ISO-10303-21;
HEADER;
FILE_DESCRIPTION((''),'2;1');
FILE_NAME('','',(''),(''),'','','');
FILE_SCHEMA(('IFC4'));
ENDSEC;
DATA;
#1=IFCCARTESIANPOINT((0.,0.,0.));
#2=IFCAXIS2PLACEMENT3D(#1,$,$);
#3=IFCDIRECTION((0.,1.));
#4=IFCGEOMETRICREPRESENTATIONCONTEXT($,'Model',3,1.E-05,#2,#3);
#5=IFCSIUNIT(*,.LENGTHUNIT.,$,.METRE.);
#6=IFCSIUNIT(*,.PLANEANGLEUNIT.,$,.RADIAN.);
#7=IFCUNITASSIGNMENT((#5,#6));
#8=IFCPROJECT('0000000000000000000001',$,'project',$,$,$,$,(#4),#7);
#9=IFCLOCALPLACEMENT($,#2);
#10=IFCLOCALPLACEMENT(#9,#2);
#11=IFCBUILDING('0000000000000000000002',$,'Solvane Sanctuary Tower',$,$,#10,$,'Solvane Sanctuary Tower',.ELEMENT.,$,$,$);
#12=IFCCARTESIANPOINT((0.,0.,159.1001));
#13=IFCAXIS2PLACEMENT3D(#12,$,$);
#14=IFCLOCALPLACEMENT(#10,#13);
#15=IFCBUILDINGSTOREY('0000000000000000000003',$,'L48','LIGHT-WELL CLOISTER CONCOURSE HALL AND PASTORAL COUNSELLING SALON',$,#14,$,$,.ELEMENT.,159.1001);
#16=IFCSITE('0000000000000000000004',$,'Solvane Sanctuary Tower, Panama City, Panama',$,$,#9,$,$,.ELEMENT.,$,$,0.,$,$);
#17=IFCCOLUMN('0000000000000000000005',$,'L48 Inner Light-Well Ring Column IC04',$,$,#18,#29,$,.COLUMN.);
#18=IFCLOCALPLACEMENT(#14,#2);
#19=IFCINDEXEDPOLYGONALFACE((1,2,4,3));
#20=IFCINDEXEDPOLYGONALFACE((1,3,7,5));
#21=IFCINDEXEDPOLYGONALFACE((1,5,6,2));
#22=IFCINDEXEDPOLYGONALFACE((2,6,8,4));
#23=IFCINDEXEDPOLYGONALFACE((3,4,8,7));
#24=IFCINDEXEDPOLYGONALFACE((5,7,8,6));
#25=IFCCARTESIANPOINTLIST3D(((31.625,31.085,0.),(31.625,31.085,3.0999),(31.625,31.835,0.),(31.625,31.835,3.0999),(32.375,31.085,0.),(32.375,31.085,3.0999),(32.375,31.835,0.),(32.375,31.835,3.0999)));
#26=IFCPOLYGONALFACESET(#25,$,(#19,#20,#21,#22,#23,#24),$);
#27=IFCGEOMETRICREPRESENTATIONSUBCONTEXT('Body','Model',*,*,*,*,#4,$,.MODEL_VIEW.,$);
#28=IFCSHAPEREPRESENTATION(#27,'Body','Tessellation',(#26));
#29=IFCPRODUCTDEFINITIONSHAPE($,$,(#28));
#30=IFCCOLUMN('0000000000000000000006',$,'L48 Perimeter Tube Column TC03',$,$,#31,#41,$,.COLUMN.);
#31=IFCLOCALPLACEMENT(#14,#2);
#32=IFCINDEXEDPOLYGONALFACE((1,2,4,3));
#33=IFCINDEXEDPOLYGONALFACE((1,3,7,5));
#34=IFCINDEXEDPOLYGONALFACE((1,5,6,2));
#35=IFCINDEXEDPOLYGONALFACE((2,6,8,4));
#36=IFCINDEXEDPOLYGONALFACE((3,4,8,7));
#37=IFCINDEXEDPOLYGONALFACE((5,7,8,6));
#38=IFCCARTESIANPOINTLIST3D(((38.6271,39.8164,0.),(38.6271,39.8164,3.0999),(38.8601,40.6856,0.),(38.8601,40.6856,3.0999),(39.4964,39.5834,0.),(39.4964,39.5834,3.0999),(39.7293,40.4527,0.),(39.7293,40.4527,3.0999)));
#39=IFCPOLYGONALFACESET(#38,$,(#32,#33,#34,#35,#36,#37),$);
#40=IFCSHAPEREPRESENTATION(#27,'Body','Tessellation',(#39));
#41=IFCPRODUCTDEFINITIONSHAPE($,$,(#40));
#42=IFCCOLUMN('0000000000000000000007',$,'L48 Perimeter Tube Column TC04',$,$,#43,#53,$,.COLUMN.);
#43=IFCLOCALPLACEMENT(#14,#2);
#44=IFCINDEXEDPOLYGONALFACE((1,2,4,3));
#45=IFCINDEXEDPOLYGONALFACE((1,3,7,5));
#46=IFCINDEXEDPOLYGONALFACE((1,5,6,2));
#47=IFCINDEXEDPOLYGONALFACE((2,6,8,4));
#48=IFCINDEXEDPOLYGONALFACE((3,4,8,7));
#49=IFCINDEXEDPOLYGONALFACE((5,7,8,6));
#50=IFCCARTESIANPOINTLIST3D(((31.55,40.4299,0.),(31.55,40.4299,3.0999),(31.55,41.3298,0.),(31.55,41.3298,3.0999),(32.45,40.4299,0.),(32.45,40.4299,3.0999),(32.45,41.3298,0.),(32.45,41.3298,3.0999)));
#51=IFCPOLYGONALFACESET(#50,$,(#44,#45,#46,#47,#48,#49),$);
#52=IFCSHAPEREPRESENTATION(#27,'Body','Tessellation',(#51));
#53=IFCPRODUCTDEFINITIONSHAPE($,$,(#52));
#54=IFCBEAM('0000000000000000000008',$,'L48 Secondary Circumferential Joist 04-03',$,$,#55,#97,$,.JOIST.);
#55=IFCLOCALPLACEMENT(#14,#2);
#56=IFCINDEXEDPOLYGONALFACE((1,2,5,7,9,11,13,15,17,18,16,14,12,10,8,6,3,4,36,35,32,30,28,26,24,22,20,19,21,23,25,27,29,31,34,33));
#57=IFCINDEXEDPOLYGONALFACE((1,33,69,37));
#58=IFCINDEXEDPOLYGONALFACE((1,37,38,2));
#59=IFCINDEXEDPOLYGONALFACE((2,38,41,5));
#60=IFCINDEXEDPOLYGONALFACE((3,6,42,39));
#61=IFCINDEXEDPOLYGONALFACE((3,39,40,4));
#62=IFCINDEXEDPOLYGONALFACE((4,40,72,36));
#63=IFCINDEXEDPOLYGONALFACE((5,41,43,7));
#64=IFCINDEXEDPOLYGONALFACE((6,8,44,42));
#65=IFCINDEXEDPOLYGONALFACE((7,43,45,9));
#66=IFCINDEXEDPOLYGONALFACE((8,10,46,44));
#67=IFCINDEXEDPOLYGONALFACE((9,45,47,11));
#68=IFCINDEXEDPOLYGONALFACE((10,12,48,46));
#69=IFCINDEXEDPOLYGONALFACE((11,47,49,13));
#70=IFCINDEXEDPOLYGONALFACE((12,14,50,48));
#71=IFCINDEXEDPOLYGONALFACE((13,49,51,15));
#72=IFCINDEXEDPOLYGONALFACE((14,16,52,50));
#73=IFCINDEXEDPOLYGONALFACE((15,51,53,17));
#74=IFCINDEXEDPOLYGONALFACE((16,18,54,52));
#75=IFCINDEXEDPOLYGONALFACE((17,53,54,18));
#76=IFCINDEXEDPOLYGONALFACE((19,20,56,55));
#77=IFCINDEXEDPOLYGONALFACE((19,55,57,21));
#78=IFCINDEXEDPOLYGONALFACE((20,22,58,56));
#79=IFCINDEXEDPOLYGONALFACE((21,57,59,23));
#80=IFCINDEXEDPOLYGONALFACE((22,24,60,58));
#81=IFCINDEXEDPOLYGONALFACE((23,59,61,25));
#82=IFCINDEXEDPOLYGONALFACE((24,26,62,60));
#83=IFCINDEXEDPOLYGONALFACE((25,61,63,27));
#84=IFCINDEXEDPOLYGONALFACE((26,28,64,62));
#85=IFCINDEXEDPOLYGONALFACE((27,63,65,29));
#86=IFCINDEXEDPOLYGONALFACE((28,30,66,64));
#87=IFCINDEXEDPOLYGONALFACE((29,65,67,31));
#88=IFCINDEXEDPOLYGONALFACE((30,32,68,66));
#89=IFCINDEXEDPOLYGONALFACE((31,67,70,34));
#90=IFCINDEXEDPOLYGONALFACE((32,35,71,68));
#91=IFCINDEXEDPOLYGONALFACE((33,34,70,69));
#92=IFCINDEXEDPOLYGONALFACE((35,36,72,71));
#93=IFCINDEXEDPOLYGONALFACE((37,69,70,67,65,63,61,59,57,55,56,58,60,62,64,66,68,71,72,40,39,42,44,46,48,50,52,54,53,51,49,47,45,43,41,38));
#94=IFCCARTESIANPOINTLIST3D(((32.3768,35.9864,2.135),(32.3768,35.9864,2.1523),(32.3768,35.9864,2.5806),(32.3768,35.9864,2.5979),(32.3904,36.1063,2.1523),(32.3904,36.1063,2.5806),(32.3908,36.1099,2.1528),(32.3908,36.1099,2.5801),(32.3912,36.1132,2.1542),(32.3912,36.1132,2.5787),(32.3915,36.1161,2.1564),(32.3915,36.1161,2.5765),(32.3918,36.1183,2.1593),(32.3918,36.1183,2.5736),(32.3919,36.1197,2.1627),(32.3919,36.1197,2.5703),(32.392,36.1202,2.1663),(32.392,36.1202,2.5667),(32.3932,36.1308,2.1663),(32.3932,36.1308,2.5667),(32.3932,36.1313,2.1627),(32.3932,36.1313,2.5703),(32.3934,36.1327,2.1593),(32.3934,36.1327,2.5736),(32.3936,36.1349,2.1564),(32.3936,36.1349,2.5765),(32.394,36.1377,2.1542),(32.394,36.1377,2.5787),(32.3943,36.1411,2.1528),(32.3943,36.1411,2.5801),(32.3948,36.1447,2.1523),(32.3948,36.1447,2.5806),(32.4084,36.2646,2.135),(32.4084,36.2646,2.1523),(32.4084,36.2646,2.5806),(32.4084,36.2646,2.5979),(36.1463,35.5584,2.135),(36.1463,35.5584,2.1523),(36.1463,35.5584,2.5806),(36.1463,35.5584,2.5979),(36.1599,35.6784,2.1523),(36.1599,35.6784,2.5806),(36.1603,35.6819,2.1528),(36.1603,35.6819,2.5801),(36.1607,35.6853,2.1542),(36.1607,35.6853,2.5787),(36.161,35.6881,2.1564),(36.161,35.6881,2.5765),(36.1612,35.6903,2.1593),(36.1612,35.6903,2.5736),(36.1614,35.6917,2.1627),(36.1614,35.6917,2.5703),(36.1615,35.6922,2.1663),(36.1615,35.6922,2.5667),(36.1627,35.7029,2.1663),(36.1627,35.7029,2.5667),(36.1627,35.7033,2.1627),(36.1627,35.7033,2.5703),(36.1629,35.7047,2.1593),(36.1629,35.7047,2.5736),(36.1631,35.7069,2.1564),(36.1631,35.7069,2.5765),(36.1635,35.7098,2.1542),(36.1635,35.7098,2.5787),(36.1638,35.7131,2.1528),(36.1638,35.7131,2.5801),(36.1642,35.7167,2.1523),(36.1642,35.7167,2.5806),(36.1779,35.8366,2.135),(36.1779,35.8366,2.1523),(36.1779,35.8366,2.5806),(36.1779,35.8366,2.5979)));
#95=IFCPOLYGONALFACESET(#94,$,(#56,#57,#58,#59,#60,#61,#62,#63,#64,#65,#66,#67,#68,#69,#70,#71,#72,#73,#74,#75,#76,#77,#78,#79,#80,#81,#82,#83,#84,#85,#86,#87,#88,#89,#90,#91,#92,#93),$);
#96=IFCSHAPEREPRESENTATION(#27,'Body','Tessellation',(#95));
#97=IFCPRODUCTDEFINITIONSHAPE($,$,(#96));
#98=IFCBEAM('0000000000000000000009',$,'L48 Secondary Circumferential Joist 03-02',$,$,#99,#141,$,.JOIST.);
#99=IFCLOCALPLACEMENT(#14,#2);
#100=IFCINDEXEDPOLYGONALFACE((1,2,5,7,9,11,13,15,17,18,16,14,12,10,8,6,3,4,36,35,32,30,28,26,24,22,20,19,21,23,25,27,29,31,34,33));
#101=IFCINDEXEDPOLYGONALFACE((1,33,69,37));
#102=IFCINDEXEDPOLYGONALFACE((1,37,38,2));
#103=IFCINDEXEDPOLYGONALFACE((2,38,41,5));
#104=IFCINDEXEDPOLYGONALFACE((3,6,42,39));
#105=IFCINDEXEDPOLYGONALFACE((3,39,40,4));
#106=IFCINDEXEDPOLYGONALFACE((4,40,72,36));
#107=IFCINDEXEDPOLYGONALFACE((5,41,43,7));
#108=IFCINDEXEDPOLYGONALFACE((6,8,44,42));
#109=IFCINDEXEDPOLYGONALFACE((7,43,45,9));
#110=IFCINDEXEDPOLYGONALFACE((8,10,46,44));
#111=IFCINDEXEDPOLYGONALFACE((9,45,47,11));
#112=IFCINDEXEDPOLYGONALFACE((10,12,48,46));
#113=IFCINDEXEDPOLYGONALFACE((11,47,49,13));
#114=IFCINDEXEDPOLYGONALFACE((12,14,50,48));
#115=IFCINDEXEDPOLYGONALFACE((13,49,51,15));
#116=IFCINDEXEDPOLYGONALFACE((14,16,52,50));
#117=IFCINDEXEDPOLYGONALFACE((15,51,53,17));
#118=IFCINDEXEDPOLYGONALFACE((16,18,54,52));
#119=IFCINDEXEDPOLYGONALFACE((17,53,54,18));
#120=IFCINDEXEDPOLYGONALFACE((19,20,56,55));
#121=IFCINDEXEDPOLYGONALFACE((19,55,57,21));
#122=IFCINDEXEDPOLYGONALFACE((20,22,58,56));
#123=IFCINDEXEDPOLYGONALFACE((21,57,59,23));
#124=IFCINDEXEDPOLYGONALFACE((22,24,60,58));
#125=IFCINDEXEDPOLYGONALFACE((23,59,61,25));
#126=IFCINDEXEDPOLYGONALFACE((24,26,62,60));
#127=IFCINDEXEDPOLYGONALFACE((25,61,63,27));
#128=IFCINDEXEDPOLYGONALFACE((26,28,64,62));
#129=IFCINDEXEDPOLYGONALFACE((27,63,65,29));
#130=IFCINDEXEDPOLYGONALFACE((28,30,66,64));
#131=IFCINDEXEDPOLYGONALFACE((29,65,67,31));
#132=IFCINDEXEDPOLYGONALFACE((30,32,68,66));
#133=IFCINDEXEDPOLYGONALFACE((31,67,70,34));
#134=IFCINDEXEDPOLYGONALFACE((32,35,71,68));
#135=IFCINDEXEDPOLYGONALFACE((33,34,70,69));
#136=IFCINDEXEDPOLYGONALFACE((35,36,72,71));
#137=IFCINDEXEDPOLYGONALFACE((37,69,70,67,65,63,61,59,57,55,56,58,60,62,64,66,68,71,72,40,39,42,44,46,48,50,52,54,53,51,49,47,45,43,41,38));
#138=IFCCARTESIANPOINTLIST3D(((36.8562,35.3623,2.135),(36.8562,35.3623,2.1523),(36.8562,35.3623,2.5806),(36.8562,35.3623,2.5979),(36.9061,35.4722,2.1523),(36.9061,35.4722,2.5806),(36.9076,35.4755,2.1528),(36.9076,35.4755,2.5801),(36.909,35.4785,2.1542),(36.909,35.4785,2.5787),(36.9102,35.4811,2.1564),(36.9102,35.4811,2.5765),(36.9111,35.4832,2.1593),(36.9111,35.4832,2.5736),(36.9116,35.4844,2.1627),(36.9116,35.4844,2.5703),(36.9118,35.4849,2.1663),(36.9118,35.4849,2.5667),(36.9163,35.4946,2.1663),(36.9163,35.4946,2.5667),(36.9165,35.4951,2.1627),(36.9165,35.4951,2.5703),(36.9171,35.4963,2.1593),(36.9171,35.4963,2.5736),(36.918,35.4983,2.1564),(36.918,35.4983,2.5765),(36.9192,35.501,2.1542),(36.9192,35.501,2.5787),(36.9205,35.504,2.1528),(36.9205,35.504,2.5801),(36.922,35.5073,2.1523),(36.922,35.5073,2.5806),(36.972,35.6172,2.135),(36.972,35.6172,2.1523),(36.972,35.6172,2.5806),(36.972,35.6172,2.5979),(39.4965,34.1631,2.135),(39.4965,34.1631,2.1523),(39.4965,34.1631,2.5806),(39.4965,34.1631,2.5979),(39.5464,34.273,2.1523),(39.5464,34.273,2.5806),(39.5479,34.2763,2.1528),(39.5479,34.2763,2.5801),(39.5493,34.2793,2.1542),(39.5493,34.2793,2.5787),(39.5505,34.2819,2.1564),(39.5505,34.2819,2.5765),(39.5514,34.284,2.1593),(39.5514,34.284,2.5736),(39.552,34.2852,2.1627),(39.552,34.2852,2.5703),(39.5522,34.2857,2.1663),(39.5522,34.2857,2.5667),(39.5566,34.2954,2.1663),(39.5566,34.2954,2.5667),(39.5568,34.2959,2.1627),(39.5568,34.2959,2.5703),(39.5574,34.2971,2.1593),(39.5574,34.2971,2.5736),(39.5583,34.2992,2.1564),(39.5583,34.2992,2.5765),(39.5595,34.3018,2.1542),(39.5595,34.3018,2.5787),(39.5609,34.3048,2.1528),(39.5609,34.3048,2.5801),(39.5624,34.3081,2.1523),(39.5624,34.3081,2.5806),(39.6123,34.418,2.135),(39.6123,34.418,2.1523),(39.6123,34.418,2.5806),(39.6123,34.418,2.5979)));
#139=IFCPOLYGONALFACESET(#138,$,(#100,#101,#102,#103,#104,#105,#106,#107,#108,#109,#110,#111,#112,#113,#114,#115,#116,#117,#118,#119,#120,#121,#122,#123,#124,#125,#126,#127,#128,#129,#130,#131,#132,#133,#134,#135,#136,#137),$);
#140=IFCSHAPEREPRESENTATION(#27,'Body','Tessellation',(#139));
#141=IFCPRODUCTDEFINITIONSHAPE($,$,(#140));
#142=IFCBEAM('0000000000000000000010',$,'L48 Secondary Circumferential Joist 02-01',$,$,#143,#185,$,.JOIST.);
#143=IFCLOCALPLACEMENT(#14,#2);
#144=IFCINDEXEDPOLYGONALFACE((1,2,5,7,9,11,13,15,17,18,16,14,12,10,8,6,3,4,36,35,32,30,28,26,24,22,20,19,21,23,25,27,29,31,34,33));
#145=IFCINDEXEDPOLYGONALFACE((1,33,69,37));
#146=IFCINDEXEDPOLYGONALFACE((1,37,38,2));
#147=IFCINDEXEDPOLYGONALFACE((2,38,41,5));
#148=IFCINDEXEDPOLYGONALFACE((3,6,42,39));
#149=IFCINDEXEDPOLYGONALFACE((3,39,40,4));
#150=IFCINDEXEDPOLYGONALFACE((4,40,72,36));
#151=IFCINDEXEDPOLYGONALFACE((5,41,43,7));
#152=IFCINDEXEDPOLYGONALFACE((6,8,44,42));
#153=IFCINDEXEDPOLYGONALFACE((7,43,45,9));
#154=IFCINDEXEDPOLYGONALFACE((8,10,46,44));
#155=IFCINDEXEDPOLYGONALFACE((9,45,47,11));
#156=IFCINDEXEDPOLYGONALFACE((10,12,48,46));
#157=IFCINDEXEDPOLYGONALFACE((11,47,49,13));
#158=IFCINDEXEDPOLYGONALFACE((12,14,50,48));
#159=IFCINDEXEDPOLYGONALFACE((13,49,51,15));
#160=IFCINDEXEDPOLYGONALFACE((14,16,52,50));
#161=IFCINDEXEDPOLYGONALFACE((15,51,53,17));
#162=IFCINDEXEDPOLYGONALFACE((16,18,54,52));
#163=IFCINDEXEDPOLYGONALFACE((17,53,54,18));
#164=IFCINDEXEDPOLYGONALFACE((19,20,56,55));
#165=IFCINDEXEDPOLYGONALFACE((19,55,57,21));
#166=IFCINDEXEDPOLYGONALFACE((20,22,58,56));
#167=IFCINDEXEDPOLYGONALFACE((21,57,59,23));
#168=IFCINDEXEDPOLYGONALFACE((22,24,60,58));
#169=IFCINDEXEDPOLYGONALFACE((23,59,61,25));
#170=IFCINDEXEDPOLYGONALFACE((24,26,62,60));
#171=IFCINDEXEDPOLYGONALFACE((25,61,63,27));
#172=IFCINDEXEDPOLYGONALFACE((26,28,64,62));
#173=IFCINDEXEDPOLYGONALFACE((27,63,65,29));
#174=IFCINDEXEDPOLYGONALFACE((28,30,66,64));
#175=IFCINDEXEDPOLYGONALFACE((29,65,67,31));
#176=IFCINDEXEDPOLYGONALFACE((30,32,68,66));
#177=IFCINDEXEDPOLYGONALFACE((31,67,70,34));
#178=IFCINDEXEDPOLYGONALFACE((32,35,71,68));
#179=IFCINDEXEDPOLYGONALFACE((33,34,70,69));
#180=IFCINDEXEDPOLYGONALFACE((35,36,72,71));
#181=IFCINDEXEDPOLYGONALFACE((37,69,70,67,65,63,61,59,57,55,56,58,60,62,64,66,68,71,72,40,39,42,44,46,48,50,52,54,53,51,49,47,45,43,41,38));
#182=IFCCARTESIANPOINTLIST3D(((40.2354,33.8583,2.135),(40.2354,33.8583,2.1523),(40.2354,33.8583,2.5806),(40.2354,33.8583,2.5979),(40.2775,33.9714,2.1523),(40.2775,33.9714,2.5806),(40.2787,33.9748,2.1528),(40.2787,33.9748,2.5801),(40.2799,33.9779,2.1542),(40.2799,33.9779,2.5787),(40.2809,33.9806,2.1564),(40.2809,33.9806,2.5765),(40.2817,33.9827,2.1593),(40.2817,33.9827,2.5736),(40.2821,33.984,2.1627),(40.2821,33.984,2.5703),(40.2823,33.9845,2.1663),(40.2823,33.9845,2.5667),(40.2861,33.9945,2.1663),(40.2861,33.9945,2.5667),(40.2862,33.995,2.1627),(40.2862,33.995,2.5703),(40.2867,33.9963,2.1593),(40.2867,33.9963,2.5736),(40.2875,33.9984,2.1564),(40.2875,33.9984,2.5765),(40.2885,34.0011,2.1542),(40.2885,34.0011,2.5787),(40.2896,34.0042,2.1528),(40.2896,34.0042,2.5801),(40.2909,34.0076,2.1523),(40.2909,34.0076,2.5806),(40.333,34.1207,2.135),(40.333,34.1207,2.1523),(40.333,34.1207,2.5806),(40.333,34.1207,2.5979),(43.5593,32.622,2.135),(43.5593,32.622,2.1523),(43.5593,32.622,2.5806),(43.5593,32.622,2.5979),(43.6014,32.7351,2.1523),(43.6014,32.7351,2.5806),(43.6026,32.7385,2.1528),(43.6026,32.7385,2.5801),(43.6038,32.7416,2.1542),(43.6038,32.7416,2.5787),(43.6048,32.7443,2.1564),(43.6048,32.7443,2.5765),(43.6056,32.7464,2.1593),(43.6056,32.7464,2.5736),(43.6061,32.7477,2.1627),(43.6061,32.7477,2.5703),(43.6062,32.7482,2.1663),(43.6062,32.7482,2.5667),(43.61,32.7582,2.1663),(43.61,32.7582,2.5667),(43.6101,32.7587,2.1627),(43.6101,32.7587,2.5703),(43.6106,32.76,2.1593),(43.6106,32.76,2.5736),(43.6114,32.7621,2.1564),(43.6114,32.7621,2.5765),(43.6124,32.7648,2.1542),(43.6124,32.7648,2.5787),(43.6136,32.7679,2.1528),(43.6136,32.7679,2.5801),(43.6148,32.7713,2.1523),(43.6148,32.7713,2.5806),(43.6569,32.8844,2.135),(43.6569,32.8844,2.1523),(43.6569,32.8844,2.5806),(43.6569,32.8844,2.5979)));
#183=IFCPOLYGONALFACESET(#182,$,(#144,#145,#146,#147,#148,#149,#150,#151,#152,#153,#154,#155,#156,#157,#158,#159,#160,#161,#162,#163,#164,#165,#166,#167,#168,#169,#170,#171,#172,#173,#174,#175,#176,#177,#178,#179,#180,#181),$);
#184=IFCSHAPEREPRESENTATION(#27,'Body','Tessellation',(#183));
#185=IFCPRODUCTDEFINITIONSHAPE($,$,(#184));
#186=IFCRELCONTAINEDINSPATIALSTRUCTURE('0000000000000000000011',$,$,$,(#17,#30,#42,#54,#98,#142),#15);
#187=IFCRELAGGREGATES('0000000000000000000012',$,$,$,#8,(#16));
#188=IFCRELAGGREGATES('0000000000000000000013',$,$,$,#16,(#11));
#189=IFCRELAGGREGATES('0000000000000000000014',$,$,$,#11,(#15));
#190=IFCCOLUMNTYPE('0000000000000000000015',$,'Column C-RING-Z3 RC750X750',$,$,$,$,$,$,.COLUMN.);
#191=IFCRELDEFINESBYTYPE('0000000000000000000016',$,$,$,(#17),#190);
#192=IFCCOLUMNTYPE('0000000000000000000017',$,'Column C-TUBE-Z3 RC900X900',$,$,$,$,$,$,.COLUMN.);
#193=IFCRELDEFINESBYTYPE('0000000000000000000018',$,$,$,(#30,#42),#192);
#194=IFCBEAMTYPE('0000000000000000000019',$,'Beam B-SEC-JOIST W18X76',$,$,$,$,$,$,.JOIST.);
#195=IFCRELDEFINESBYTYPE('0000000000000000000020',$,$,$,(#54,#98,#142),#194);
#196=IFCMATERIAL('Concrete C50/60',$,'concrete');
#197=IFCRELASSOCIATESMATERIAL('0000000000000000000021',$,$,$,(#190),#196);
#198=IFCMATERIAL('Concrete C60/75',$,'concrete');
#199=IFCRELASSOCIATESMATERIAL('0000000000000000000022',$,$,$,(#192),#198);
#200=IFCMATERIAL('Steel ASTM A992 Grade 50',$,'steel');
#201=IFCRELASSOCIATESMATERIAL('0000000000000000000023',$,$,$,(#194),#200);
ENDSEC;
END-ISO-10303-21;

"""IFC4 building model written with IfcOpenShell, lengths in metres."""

from ifc_helpers import new_model, si_unit, direction, frame, origin, origin_2d, place, context, subcontext, project, spatial, rectangle, i_section, extrude, material, material_profile, profile_set, type_object, element, save


model = new_model("IFC4")

# Units and contexts
model_context = context("Model", 3, precision=1e-05, world=origin(), true_north=direction((0.0, 1.0)))
body_context = subcontext(model_context, "Body", "Model", "MODEL_VIEW")
ifc_project = project(units=[si_unit("LENGTHUNIT", "METRE"), si_unit("PLANEANGLEUNIT", "RADIAN")], contexts=[model_context])

# Site, building, storey
site_placement = place(None, origin())
site = spatial("IfcSite", under=ifc_project, at=site_placement, Name="Solvane Sanctuary Tower, Panama City, Panama", CompositionType="ELEMENT", RefElevation=0.0)
building_placement = place(site_placement, origin())
building = spatial("IfcBuilding", under=site, at=building_placement, Name="Solvane Sanctuary Tower", LongName="Solvane Sanctuary Tower", CompositionType="ELEMENT")
storey_placement = place(building_placement, frame((0.0, 0.0, 159.1001)))
storey = spatial("IfcBuildingStorey", under=building, at=storey_placement, Name="L48", Description="LIGHT-WELL CLOISTER CONCOURSE HALL AND PASTORAL COUNSELLING SALON", CompositionType="ELEMENT", Elevation=159.1001)

# Columns
ifc_material_1 = material(Name="Concrete C50/60", Category="concrete")
ifc_material_profile_1 = material_profile(ifc_material_1, rectangle(XDim=0.75, YDim=0.75, at=origin_2d()), Name="RC750X750")
ifc_profile_set_1 = profile_set([ifc_material_profile_1], Name="Concrete C50/60")
column_type_1 = type_object("IfcColumnType", Name="Column C-RING-Z3 RC750X750", PredefinedType="COLUMN", material=ifc_profile_set_1)
column_placement = place(storey_placement, frame((32.0, 31.46, 0.0), z_axis=(0.0, 0.0, 1.0), x_axis=(1.0, 0.0, 0.0)))
element("IfcColumn", 1, at=column_placement, inside=storey, type_object=column_type_1, Name="L48 Inner Light-Well Ring Column IC04", PredefinedType="COLUMN", context=body_context, shape_type="SweptSolid", body=[
    extrude(rectangle(XDim=0.75, YDim=0.75, at=origin_2d()), origin(), (0.0, 0.0, 1.0), 3.0999),
])
ifc_material_2 = material(Name="Concrete C60/75", Category="concrete")
ifc_material_profile_2 = material_profile(ifc_material_2, rectangle(XDim=0.8999, YDim=0.8999, at=origin_2d()), Name="RC900X900")
ifc_profile_set_2 = profile_set([ifc_material_profile_2], Name="Concrete C60/75")
column_type_2 = type_object("IfcColumnType", Name="Column C-TUBE-Z3 RC900X900", PredefinedType="COLUMN", material=ifc_profile_set_2)
for number, where, z_axis, x_axis, name in (
    (2, (39.1782, 40.1345, 0.0), (0.0, 0.0, 1.0), (0.258819, 0.965926, 0.0), "L48 Perimeter Tube Column TC03"),
    (3, (32.0, 40.8799, 0.0), (0.0, 0.0, 1.0), (0.0, 1.0, 0.0), "L48 Perimeter Tube Column TC04"),
):
    element("IfcColumn", number, at=place(storey_placement, frame(where, z_axis=z_axis, x_axis=x_axis)), inside=storey, type_object=column_type_2, Name=name, PredefinedType="COLUMN", context=body_context, shape_type="SweptSolid", body=[
        extrude(rectangle(XDim=0.8999, YDim=0.8999, at=origin_2d()), origin(), (0.0, 0.0, 1.0), 3.0999),
    ])

# Beams
ifc_material_3 = material(Name="Steel ASTM A992 Grade 50", Category="steel")
ifc_material_profile_3 = material_profile(ifc_material_3, i_section(OverallWidth=0.28, OverallDepth=0.4629, WebThickness=0.0107, FlangeThickness=0.0173, FilletRadius=0.0139, at=origin_2d()), Name="W18X76")
ifc_profile_set_3 = profile_set([ifc_material_profile_3], Name="Steel ASTM A992 Grade 50")
beam_type_1 = type_object("IfcBeamType", Name="Beam B-SEC-JOIST W18X76", PredefinedType="JOIST", material=ifc_profile_set_3)
beam_1_placement = place(storey_placement, frame((32.3926, 36.1255, 2.3665), z_axis=(0.993616, -0.112812, 0.0), x_axis=(0.112812, 0.993616, 0.0)))
element("IfcBeam", 4, at=beam_1_placement, inside=storey, type_object=beam_type_1, Name="L48 Secondary Circumferential Joist 04-03", PredefinedType="JOIST", context=body_context, shape_type="SweptSolid", body=[
    extrude(i_section(OverallWidth=0.28, OverallDepth=0.4629, WebThickness=0.0107, FlangeThickness=0.0173, FilletRadius=0.0139, at=origin_2d()), origin(), (0.0, 0.0, 1.0), 3.7937),
])
beam_2_placement = place(storey_placement, frame((36.9141, 35.4897, 2.3665), z_axis=(0.91049, -0.41353, 0.0), x_axis=(0.41353, 0.91049, 0.0)))
element("IfcBeam", 5, at=beam_2_placement, inside=storey, type_object=beam_type_1, Name="L48 Secondary Circumferential Joist 03-02", PredefinedType="JOIST", context=body_context, shape_type="SweptSolid", body=[
    extrude(i_section(OverallWidth=0.28, OverallDepth=0.4629, WebThickness=0.0107, FlangeThickness=0.0173, FilletRadius=0.0139, at=origin_2d()), origin(), (0.0, 0.0, 1.0), 2.8999),
])
beam_3_placement = place(storey_placement, frame((40.2842, 33.9895, 2.3665), z_axis=(0.937268, -0.34861, 0.0), x_axis=(0.34861, 0.937268, 0.0)))
element("IfcBeam", 6, at=beam_3_placement, inside=storey, type_object=beam_type_1, Name="L48 Secondary Circumferential Joist 02-01", PredefinedType="JOIST", context=body_context, shape_type="SweptSolid", body=[
    extrude(i_section(OverallWidth=0.28, OverallDepth=0.4629, WebThickness=0.0107, FlangeThickness=0.0173, FilletRadius=0.0139, at=origin_2d()), origin(), (0.0, 0.0, 1.0), 3.5464),
])

save(model, "model.ifc")
